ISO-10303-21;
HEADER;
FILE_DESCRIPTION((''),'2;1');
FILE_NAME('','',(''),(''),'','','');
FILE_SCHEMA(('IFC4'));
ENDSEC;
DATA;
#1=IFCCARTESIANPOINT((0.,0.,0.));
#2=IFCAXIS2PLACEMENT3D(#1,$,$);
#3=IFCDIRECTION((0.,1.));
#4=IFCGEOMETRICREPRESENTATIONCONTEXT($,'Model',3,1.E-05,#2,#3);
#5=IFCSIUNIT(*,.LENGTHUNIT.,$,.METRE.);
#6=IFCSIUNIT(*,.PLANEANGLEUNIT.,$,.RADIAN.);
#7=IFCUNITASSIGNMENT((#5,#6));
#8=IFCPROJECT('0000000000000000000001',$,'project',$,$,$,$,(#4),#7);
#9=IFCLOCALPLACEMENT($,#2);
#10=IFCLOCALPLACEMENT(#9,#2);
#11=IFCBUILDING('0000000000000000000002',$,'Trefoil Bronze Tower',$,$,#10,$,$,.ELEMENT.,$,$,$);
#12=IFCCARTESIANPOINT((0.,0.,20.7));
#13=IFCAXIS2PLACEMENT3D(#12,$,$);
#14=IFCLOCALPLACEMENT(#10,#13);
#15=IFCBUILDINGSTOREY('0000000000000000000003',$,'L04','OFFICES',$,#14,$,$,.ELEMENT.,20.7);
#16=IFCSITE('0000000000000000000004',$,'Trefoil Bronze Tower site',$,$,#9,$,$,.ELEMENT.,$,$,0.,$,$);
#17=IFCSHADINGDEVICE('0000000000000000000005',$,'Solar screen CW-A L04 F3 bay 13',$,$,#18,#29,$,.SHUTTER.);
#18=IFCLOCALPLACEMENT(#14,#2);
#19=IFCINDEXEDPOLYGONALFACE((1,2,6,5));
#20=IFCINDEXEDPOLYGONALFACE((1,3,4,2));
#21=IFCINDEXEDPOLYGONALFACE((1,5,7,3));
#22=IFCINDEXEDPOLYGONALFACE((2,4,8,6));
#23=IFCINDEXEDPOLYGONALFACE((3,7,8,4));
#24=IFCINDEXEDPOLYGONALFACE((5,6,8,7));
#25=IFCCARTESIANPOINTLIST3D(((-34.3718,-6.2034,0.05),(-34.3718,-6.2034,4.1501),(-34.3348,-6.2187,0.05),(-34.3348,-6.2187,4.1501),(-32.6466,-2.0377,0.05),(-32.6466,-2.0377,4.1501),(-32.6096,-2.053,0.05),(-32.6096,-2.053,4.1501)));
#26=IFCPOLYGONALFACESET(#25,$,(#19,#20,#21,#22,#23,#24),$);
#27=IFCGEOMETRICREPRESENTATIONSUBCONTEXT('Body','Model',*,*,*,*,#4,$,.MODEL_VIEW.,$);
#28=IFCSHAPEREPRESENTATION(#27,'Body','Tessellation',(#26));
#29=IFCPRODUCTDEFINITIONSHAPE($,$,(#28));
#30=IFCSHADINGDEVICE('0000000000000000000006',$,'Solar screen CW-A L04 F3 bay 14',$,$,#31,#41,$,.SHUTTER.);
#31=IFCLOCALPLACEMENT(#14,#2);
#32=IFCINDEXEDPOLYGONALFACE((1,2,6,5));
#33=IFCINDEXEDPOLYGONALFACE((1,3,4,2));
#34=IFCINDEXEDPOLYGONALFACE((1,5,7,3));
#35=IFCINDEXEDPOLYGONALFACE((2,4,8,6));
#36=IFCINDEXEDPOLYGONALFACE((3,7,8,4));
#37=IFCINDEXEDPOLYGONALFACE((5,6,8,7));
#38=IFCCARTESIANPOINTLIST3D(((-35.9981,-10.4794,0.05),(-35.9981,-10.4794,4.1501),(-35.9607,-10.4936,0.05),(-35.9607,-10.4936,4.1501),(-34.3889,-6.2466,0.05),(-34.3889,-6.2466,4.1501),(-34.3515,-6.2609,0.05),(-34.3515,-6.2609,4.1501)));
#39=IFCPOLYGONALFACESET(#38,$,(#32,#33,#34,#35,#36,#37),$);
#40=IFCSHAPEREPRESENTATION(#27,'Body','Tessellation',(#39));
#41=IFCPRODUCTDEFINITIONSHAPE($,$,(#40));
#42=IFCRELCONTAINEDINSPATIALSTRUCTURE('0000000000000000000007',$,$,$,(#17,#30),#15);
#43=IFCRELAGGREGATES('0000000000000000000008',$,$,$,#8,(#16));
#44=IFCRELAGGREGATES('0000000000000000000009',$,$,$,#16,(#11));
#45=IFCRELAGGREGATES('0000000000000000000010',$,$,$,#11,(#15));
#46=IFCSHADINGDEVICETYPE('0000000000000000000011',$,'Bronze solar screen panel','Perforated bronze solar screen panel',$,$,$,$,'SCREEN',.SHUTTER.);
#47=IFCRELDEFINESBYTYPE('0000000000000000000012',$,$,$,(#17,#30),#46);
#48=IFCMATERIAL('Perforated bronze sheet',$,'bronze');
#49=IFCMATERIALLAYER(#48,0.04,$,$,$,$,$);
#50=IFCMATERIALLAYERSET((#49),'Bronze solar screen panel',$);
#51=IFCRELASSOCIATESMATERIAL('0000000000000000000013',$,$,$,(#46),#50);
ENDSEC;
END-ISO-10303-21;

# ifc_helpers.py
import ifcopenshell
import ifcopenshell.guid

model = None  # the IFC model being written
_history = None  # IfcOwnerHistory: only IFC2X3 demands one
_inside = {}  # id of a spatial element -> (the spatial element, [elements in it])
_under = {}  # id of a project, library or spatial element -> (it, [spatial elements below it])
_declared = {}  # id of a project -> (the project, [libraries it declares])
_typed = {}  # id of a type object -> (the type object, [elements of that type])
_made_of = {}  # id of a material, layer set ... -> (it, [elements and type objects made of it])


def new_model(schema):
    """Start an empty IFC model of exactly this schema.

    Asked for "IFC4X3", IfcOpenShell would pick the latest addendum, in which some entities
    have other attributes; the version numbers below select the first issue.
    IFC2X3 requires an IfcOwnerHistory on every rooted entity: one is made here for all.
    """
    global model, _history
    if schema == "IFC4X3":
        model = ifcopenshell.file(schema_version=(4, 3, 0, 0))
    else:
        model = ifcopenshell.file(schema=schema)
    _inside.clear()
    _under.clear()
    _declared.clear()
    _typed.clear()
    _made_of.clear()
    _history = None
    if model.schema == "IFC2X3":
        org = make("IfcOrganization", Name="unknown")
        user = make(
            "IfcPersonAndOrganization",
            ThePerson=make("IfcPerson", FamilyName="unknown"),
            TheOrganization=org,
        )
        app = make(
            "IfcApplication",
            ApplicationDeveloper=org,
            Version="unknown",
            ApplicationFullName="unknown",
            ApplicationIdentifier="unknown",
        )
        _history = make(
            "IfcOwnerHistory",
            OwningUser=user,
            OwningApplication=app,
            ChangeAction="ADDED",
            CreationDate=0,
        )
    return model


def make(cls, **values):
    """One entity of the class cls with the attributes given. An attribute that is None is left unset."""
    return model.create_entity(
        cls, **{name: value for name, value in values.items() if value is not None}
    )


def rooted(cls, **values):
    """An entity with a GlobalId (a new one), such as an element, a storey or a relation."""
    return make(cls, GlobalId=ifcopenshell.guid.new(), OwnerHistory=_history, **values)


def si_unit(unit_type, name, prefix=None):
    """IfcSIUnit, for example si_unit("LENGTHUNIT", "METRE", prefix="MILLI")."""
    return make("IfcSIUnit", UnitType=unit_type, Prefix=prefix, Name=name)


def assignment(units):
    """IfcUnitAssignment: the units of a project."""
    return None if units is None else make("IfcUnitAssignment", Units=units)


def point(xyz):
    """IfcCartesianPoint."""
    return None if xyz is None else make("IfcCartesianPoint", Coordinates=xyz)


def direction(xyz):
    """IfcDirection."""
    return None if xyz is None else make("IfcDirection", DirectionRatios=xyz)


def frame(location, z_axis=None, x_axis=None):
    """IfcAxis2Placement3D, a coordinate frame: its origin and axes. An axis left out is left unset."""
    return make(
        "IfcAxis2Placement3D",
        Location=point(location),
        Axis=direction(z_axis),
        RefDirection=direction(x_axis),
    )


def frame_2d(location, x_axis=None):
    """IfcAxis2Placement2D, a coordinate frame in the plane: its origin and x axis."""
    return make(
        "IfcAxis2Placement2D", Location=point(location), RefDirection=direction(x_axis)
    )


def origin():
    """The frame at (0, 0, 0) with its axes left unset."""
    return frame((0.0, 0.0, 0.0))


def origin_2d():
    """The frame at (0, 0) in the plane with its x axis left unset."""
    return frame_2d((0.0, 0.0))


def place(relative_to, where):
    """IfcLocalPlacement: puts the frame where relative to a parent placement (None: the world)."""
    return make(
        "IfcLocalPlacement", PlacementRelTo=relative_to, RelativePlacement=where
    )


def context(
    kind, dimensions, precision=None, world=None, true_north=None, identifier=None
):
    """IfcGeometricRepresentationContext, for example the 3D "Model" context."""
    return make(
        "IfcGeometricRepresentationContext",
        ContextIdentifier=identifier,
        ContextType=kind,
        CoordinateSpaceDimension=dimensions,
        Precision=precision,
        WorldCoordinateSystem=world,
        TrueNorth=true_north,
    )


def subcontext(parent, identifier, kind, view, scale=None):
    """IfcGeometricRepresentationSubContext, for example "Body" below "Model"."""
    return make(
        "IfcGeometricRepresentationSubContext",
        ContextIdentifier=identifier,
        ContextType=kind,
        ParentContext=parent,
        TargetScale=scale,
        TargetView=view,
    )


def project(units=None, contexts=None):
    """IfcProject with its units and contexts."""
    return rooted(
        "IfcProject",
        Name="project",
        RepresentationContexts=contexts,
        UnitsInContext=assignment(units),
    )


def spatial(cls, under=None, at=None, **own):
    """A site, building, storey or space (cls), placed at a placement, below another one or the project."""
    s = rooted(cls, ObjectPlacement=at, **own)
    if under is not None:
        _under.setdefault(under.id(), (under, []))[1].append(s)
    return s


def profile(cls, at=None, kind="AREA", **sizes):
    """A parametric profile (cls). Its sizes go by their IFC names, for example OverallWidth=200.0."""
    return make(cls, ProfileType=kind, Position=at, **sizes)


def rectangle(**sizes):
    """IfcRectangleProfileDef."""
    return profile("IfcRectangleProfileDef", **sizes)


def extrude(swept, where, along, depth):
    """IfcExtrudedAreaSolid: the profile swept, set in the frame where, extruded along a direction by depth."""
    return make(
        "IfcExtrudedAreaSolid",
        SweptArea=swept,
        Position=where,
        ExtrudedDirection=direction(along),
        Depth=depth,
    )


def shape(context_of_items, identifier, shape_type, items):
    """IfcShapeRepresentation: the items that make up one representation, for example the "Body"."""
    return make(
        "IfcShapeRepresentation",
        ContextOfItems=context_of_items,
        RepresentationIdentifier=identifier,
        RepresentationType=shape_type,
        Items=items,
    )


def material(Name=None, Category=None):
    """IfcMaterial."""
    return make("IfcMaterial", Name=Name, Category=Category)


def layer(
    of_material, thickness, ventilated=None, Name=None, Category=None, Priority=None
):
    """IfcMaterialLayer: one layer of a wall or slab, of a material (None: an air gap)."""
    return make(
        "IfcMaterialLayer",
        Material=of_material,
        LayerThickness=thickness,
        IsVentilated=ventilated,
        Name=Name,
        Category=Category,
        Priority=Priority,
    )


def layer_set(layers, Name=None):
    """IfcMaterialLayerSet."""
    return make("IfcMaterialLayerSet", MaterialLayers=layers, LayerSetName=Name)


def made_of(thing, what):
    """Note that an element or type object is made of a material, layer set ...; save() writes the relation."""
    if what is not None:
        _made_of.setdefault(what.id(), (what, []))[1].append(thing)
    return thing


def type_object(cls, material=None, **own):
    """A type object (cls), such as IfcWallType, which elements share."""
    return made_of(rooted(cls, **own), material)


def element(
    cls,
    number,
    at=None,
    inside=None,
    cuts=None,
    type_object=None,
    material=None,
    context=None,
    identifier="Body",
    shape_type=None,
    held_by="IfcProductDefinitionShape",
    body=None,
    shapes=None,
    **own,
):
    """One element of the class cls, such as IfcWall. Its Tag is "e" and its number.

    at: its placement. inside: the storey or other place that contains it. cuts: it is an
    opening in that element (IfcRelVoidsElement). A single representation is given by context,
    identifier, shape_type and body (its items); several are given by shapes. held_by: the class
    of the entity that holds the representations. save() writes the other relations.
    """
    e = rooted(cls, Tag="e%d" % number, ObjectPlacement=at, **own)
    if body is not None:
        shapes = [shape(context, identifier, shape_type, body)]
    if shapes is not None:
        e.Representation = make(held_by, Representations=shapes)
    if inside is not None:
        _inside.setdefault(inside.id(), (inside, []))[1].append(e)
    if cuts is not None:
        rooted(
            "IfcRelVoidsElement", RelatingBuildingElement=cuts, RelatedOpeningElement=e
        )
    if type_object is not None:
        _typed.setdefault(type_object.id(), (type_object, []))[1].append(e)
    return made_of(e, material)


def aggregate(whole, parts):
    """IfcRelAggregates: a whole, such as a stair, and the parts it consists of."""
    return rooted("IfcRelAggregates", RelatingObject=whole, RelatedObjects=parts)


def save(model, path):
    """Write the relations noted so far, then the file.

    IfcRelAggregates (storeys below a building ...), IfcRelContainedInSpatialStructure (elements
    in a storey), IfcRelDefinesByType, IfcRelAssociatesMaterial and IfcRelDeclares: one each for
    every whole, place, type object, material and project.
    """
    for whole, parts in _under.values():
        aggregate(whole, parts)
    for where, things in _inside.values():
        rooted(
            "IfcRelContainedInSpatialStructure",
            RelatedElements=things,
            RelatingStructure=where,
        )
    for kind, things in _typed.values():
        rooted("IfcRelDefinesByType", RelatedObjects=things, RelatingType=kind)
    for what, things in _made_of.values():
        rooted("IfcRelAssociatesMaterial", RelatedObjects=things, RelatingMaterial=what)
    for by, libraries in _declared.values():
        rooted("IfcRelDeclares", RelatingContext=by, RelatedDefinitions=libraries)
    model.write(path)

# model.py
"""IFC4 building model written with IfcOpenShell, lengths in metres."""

from ifc_helpers import new_model, si_unit, direction, frame, origin, origin_2d, place, context, subcontext, project, spatial, rectangle, extrude, material, layer, layer_set, type_object, element, save


model = new_model("IFC4")

# Units and contexts
model_context = context("Model", 3, precision=1e-05, world=origin(), true_north=direction((0.0, 1.0)))
body_context = subcontext(model_context, "Body", "Model", "MODEL_VIEW")
ifc_project = project(units=[si_unit("LENGTHUNIT", "METRE"), si_unit("PLANEANGLEUNIT", "RADIAN")], contexts=[model_context])

# Site, building, storey
site_placement = place(None, origin())
site = spatial("IfcSite", under=ifc_project, at=site_placement, Name="Trefoil Bronze Tower site", CompositionType="ELEMENT", RefElevation=0.0)
building_placement = place(site_placement, origin())
building = spatial("IfcBuilding", under=site, at=building_placement, Name="Trefoil Bronze Tower", CompositionType="ELEMENT")
storey_placement = place(building_placement, frame((0.0, 0.0, 20.7)))
storey = spatial("IfcBuildingStorey", under=building, at=storey_placement, Name="L04", Description="OFFICES", CompositionType="ELEMENT", Elevation=20.7)

# Shading devices
ifc_material_1 = material(Name="Perforated bronze sheet", Category="bronze")
ifc_layer_1 = layer(ifc_material_1, 0.04)
ifc_layer_set_1 = layer_set([ifc_layer_1], Name="Bronze solar screen panel")
shading_device_type = type_object("IfcShadingDeviceType", Name="Bronze solar screen panel", Description="Perforated bronze solar screen panel", ElementType="SCREEN", PredefinedType="SHUTTER", material=ifc_layer_set_1)
shading_device_1_placement = place(storey_placement, frame((-33.4907, -4.1282, 0.05), z_axis=(0.0, 0.0, 1.0), x_axis=(-0.38263, -0.923902, 0.0)))
element("IfcShadingDevice", 1, at=shading_device_1_placement, inside=storey, type_object=shading_device_type, Name="Solar screen CW-A L04 F3 bay 13", PredefinedType="SHUTTER", context=body_context, shape_type="SweptSolid", body=[
    extrude(rectangle(XDim=4.5088, YDim=0.04, at=origin_2d()), origin(), (0.0, 0.0, 1.0), 4.1001),
])
shading_device_2_placement = place(storey_placement, frame((-35.1748, -8.3701, 0.05), z_axis=(0.0, 0.0, 1.0), x_axis=(-0.355371, -0.934725, 0.0)))
element("IfcShadingDevice", 2, at=shading_device_2_placement, inside=storey, type_object=shading_device_type, Name="Solar screen CW-A L04 F3 bay 14", PredefinedType="SHUTTER", context=body_context, shape_type="SweptSolid", body=[
    extrude(rectangle(XDim=4.5283, YDim=0.04, at=origin_2d()), origin(), (0.0, 0.0, 1.0), 4.1001),
])

save(model, "model.ifc")
